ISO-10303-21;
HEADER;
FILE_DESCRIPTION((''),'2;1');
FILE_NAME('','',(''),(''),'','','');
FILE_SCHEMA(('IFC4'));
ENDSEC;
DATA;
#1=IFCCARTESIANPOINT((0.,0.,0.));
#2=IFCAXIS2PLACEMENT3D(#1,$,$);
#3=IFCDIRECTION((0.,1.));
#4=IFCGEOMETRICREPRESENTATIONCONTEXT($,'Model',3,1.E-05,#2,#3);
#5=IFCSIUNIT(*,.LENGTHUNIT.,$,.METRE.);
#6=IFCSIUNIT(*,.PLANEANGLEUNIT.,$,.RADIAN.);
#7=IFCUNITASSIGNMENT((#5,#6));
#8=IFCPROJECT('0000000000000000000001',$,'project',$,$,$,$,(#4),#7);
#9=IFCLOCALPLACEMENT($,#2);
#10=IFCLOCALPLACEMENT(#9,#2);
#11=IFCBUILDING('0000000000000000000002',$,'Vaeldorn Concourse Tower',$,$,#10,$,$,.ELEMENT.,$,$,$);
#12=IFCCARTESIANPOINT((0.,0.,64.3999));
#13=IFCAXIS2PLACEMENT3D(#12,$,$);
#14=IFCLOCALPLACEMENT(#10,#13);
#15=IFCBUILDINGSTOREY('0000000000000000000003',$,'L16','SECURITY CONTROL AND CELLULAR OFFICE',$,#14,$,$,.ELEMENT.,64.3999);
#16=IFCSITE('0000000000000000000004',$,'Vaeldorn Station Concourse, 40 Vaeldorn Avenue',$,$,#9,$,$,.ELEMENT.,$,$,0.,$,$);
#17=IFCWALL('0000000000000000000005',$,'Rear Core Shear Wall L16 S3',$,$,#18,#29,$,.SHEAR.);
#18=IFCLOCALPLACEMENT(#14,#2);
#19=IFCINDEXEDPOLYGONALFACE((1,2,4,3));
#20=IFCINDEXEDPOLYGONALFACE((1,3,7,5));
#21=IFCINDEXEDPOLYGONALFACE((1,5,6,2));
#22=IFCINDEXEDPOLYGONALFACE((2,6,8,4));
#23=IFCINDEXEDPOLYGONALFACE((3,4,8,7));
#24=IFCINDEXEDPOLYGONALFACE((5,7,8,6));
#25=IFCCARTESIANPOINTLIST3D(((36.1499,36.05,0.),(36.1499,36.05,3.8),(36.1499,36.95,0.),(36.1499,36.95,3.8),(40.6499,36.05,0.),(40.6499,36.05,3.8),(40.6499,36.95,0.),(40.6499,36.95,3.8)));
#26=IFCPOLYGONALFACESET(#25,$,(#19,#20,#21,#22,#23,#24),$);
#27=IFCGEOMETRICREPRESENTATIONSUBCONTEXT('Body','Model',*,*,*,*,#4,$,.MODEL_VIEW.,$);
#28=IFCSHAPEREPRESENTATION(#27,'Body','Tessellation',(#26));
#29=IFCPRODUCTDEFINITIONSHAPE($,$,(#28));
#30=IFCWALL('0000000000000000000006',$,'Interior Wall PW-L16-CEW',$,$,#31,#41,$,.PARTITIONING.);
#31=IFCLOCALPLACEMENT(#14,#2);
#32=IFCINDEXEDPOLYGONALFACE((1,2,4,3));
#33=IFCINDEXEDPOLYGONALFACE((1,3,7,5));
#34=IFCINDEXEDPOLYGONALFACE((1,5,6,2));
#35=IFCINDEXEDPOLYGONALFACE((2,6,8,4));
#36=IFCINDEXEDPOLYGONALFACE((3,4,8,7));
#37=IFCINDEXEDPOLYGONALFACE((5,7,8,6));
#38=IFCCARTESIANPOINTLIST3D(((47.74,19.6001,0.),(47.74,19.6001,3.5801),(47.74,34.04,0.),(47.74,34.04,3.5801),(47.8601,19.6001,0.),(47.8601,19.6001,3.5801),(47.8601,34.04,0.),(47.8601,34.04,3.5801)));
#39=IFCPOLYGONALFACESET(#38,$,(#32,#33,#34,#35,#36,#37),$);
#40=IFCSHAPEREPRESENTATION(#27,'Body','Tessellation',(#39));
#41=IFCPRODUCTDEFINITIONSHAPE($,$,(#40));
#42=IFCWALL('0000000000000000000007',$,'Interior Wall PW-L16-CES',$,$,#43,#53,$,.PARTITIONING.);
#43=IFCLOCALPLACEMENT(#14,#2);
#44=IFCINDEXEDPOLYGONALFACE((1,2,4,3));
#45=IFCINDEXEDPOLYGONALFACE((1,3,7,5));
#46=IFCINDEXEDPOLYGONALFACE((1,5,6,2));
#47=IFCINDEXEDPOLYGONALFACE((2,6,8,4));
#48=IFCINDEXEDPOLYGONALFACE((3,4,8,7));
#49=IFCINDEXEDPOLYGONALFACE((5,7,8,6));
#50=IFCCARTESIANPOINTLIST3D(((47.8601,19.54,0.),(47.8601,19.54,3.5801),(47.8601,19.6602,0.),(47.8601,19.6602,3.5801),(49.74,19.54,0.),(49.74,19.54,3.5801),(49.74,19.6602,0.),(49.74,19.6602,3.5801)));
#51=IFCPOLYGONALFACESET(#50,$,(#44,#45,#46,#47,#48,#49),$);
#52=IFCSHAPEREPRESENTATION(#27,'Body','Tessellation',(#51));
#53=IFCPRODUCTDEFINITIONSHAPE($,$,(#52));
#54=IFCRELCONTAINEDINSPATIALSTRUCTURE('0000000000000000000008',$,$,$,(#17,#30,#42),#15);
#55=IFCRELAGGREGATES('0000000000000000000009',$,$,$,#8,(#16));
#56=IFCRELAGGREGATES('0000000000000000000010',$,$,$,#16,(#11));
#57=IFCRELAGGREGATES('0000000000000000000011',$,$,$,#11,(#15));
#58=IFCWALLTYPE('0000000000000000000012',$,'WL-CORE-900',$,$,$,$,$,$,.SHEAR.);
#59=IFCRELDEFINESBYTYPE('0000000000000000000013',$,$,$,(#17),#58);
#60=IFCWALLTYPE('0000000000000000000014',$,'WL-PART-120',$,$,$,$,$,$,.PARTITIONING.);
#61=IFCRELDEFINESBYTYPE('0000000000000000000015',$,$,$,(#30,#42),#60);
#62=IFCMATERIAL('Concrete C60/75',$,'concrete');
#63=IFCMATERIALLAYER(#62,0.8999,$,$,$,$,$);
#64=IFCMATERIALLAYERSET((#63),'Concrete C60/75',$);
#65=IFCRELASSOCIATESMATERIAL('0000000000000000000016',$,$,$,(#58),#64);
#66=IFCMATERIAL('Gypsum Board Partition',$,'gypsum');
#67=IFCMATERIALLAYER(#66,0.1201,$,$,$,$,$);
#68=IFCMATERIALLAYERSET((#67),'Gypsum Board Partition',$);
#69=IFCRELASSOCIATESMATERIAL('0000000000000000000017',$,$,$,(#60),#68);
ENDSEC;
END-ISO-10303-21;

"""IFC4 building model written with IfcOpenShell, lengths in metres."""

from ifc_helpers import new_model, si_unit, direction, frame, frame_2d, origin, place, context, subcontext, project, spatial, rectangle, extrude, material, layer, layer_set, type_object, element, save


model = new_model("IFC4")

# Units and contexts
model_context = context("Model", 3, precision=1e-05, world=origin(), true_north=direction((0.0, 1.0)))
body_context = subcontext(model_context, "Body", "Model", "MODEL_VIEW")
ifc_project = project(units=[si_unit("LENGTHUNIT", "METRE"), si_unit("PLANEANGLEUNIT", "RADIAN")], contexts=[model_context])

# Site, building, storey
site_placement = place(None, origin())
site = spatial("IfcSite", under=ifc_project, at=site_placement, Name="Vaeldorn Station Concourse, 40 Vaeldorn Avenue", CompositionType="ELEMENT", RefElevation=0.0)
building_placement = place(site_placement, origin())
building = spatial("IfcBuilding", under=site, at=building_placement, Name="Vaeldorn Concourse Tower", CompositionType="ELEMENT")
storey_placement = place(building_placement, frame((0.0, 0.0, 64.3999)))
storey = spatial("IfcBuildingStorey", under=building, at=storey_placement, Name="L16", Description="SECURITY CONTROL AND CELLULAR OFFICE", CompositionType="ELEMENT", Elevation=64.3999)

# Walls
ifc_material_1 = material(Name="Concrete C60/75", Category="concrete")
ifc_layer_1 = layer(ifc_material_1, 0.8999)
ifc_layer_set_1 = layer_set([ifc_layer_1], Name="Concrete C60/75")
wall_type_1 = type_object("IfcWallType", Name="WL-CORE-900", PredefinedType="SHEAR", material=ifc_layer_set_1)
wall_1_placement = place(storey_placement, frame((36.1499, 36.5, 0.0), z_axis=(0.0, 0.0, 1.0), x_axis=(1.0, 0.0, 0.0)))
element("IfcWall", 1, at=wall_1_placement, inside=storey, type_object=wall_type_1, Name="Rear Core Shear Wall L16 S3", PredefinedType="SHEAR", context=body_context, shape_type="SweptSolid", body=[
    extrude(rectangle(XDim=4.5, YDim=0.8999, at=frame_2d((2.25, 0.0))), origin(), (0.0, 0.0, 1.0), 3.8),
])
ifc_material_2 = material(Name="Gypsum Board Partition", Category="gypsum")
ifc_layer_2 = layer(ifc_material_2, 0.1201)
ifc_layer_set_2 = layer_set([ifc_layer_2], Name="Gypsum Board Partition")
wall_type_2 = type_object("IfcWallType", Name="WL-PART-120", PredefinedType="PARTITIONING", material=ifc_layer_set_2)
wall_2_placement = place(storey_placement, frame((47.8, 19.6001, 0.0), z_axis=(0.0, 0.0, 1.0), x_axis=(0.0, 1.0, 0.0)))
element("IfcWall", 2, at=wall_2_placement, inside=storey, type_object=wall_type_2, Name="Interior Wall PW-L16-CEW", PredefinedType="PARTITIONING", context=body_context, shape_type="SweptSolid", body=[
    extrude(rectangle(XDim=14.4399, YDim=0.1201, at=frame_2d((7.22, 0.0))), origin(), (0.0, 0.0, 1.0), 3.5801),
])
wall_3_placement = place(storey_placement, frame((47.8601, 19.6001, 0.0), z_axis=(0.0, 0.0, 1.0), x_axis=(1.0, 0.0, 0.0)))
element("IfcWall", 3, at=wall_3_placement, inside=storey, type_object=wall_type_2, Name="Interior Wall PW-L16-CES", PredefinedType="PARTITIONING", context=body_context, shape_type="SweptSolid", body=[
    extrude(rectangle(XDim=1.8799, YDim=0.1201, at=frame_2d((0.9399, 0.0))), origin(), (0.0, 0.0, 1.0), 3.5801),
])

save(model, "model.ifc")
